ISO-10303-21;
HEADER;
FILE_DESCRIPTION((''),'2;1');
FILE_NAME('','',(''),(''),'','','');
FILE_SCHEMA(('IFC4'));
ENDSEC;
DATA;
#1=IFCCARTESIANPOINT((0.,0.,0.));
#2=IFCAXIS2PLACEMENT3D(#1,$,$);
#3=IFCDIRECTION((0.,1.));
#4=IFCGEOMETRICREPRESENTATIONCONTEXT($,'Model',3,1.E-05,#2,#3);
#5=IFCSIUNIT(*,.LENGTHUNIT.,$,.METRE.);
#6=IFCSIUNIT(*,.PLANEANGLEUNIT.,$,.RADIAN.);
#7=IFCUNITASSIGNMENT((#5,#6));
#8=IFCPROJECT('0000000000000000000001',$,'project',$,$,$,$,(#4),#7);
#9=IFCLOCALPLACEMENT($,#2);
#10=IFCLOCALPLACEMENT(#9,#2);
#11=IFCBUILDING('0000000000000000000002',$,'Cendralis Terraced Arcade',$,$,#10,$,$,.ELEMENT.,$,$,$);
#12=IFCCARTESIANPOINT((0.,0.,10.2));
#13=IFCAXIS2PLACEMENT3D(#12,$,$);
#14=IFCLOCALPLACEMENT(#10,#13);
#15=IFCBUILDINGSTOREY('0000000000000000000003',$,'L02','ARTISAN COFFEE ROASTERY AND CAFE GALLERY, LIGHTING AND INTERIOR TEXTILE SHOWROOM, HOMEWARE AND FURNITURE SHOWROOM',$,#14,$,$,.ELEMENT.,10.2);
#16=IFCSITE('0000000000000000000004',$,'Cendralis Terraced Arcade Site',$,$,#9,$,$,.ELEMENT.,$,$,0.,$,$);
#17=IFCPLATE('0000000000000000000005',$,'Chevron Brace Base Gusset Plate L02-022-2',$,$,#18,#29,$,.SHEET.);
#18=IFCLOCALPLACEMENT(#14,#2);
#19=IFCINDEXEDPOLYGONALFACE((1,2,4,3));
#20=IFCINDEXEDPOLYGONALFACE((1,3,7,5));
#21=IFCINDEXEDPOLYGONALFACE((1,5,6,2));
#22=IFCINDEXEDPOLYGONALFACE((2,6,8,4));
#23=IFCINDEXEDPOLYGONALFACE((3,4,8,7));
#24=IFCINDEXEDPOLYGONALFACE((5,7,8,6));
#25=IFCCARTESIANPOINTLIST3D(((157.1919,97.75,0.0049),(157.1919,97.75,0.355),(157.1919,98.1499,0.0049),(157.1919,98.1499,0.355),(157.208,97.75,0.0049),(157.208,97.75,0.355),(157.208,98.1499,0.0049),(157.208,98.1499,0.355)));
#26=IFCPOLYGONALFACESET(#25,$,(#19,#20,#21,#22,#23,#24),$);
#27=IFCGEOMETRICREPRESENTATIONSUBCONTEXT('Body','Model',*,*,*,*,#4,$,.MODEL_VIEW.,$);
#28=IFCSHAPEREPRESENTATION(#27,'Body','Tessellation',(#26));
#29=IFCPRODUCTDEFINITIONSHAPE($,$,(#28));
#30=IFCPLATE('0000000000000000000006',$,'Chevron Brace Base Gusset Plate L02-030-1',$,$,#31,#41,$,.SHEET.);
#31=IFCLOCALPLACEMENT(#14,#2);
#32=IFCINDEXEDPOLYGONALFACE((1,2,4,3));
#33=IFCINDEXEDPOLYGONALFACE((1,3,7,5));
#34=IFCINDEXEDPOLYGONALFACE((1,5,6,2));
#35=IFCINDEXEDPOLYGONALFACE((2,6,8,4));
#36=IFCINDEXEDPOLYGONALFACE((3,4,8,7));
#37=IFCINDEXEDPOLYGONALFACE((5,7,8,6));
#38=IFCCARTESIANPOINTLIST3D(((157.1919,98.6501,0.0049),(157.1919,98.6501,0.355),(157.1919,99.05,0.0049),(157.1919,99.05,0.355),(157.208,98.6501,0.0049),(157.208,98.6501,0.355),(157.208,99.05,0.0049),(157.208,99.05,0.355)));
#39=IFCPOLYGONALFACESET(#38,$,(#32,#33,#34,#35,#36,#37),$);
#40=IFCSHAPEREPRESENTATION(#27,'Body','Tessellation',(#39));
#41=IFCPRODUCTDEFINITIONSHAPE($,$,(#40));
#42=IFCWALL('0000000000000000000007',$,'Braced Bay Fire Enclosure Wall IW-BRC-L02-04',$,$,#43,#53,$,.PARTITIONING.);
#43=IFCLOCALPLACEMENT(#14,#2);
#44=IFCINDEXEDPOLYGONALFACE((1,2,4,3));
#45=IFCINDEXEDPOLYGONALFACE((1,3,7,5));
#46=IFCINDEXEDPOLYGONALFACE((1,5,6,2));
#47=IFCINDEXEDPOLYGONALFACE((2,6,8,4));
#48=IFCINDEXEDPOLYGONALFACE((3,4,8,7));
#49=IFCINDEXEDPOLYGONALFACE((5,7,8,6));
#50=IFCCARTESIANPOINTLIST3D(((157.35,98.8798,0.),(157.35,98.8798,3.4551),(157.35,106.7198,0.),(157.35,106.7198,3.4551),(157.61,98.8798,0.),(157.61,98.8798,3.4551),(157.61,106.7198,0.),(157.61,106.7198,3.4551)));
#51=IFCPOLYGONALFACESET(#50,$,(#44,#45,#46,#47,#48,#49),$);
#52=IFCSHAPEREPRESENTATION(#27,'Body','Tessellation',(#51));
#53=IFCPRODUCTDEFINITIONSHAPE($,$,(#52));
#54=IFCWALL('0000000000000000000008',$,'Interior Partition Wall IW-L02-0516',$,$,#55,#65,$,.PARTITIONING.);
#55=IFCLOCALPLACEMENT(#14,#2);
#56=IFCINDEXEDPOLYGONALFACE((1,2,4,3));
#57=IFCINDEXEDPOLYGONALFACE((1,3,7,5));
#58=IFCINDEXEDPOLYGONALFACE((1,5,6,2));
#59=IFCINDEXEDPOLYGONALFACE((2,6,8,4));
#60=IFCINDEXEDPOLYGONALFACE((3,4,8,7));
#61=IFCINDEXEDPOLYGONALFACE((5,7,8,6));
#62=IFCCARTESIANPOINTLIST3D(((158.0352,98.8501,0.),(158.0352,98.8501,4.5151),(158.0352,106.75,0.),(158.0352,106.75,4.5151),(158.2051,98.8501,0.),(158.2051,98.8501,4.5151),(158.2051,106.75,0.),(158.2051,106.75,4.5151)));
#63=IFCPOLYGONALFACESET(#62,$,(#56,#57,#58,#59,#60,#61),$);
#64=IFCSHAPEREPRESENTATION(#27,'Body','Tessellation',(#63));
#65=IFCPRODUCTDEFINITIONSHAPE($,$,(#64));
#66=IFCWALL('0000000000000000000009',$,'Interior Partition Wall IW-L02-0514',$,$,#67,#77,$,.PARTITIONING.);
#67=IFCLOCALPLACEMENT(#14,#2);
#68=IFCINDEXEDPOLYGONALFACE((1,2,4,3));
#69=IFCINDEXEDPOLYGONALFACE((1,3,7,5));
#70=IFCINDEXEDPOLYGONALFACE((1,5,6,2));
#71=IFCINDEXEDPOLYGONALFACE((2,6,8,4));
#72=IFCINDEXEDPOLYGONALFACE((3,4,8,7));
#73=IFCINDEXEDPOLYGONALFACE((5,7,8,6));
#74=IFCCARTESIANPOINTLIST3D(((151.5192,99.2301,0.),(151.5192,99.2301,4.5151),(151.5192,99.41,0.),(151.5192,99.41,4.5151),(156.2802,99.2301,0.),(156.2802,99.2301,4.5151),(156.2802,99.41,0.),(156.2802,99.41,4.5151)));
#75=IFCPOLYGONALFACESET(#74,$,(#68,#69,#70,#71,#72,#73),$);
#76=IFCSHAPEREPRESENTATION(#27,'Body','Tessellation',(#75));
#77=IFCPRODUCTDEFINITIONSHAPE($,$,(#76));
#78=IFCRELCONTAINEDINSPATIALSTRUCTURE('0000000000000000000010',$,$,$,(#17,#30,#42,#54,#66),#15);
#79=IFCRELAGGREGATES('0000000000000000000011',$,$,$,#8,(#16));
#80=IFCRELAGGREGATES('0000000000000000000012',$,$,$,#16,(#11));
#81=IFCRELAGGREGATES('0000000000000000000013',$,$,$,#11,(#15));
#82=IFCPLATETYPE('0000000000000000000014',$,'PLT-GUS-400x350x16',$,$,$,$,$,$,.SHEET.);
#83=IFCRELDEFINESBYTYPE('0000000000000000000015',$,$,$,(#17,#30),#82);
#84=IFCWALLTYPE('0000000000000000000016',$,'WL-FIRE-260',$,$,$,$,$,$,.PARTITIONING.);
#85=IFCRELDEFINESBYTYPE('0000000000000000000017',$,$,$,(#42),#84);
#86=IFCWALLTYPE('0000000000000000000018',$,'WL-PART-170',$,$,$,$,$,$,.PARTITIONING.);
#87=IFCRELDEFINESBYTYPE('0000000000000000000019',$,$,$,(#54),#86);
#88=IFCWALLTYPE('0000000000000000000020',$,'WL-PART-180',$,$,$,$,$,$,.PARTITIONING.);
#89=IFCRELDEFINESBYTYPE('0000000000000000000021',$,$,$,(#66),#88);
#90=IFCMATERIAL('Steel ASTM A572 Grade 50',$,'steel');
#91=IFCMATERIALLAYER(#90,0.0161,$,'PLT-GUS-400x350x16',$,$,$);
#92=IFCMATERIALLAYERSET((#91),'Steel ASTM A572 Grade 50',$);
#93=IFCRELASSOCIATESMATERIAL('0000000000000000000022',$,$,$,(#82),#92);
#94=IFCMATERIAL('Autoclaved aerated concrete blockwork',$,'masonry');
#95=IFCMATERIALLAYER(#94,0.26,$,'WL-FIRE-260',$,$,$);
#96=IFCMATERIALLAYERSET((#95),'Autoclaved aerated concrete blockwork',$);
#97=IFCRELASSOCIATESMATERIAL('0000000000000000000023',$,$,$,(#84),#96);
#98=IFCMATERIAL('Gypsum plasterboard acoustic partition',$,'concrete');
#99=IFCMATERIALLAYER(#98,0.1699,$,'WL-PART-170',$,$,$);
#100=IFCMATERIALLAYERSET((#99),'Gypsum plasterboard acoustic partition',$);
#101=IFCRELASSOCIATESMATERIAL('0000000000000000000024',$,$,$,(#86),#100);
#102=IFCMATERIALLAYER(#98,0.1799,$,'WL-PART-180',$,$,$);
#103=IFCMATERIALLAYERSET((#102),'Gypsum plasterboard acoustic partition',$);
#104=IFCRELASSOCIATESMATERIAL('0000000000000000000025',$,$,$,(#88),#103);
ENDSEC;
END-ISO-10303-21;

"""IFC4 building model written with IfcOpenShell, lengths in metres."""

from ifc_helpers import new_model, si_unit, direction, frame, frame_2d, origin, origin_2d, place, context, subcontext, project, spatial, rectangle, extrude, material, layer, layer_set, type_object, element, save


model = new_model("IFC4")

# Units and contexts
model_context = context("Model", 3, precision=1e-05, world=origin(), true_north=direction((0.0, 1.0)))
body_context = subcontext(model_context, "Body", "Model", "MODEL_VIEW")
ifc_project = project(units=[si_unit("LENGTHUNIT", "METRE"), si_unit("PLANEANGLEUNIT", "RADIAN")], contexts=[model_context])

# Site, building, storey
site_placement = place(None, origin())
site = spatial("IfcSite", under=ifc_project, at=site_placement, Name="Cendralis Terraced Arcade Site", CompositionType="ELEMENT", RefElevation=0.0)
building_placement = place(site_placement, origin())
building = spatial("IfcBuilding", under=site, at=building_placement, Name="Cendralis Terraced Arcade", CompositionType="ELEMENT")
storey_placement = place(building_placement, frame((0.0, 0.0, 10.2)))
storey = spatial("IfcBuildingStorey", under=building, at=storey_placement, Name="L02", Description="ARTISAN COFFEE ROASTERY AND CAFE GALLERY, LIGHTING AND INTERIOR TEXTILE SHOWROOM, HOMEWARE AND FURNITURE SHOWROOM", CompositionType="ELEMENT", Elevation=10.2)

# Shared definitions
ifc_material_1 = material(Name="Steel ASTM A572 Grade 50", Category="steel")

# Plates
ifc_layer_1 = layer(ifc_material_1, 0.0161, Name="PLT-GUS-400x350x16")
ifc_layer_set_1 = layer_set([ifc_layer_1], Name="Steel ASTM A572 Grade 50")
plate_type_1 = type_object("IfcPlateType", Name="PLT-GUS-400x350x16", PredefinedType="SHEET", material=ifc_layer_set_1)
for number, where, z_axis, x_axis, name in (
    (1, (157.2, 97.95, 0.0049), (0.0, 0.0, 1.0), (0.0, 1.0, 0.0), "Chevron Brace Base Gusset Plate L02-022-2"),
    (2, (157.2, 98.8501, 0.0049), (0.0, 0.0, 1.0), (0.0, 1.0, 0.0), "Chevron Brace Base Gusset Plate L02-030-1"),
):
    element("IfcPlate", number, at=place(storey_placement, frame(where, z_axis=z_axis, x_axis=x_axis)), inside=storey, type_object=plate_type_1, Name=name, PredefinedType="SHEET", context=body_context, shape_type="SweptSolid", body=[
        extrude(rectangle(XDim=0.3999, YDim=0.0161, at=origin_2d()), origin(), (0.0, 0.0, 1.0), 0.3501),
    ])

# Walls
ifc_material_2 = material(Name="Autoclaved aerated concrete blockwork", Category="masonry")
ifc_layer_2 = layer(ifc_material_2, 0.26, Name="WL-FIRE-260")
ifc_layer_set_2 = layer_set([ifc_layer_2], Name="Autoclaved aerated concrete blockwork")
wall_type_1 = type_object("IfcWallType", Name="WL-FIRE-260", PredefinedType="PARTITIONING", material=ifc_layer_set_2)
wall_1_placement = place(storey_placement, frame((157.48, 98.8799, 0.0), z_axis=(0.0, 0.0, 1.0), x_axis=(0.0, 1.0, 0.0)))
element("IfcWall", 3, at=wall_1_placement, inside=storey, type_object=wall_type_1, Name="Braced Bay Fire Enclosure Wall IW-BRC-L02-04", PredefinedType="PARTITIONING", context=body_context, shape_type="SweptSolid", body=[
    extrude(rectangle(XDim=7.8401, YDim=0.26, at=frame_2d((3.9199, 0.0))), origin(), (0.0, 0.0, 1.0), 3.4551),
])
ifc_material_3 = material(Name="Gypsum plasterboard acoustic partition", Category="concrete")
ifc_layer_3 = layer(ifc_material_3, 0.1699, Name="WL-PART-170")
ifc_layer_set_3 = layer_set([ifc_layer_3], Name="Gypsum plasterboard acoustic partition")
wall_type_2 = type_object("IfcWallType", Name="WL-PART-170", PredefinedType="PARTITIONING", material=ifc_layer_set_3)
wall_2_placement = place(storey_placement, frame((158.1201, 98.8501, 0.0), z_axis=(0.0, 0.0, 1.0), x_axis=(0.0, 1.0, 0.0)))
element("IfcWall", 4, at=wall_2_placement, inside=storey, type_object=wall_type_2, Name="Interior Partition Wall IW-L02-0516", PredefinedType="PARTITIONING", context=body_context, shape_type="SweptSolid", body=[
    extrude(rectangle(XDim=7.8999, YDim=0.1699, at=frame_2d((3.95, 0.0))), origin(), (0.0, 0.0, 1.0), 4.5151),
])
ifc_layer_4 = layer(ifc_material_3, 0.1799, Name="WL-PART-180")
ifc_layer_set_4 = layer_set([ifc_layer_4], Name="Gypsum plasterboard acoustic partition")
wall_type_3 = type_object("IfcWallType", Name="WL-PART-180", PredefinedType="PARTITIONING", material=ifc_layer_set_4)
wall_3_placement = place(storey_placement, frame((156.28, 99.3201, 0.0), z_axis=(0.0, 0.0, 1.0), x_axis=(-1.0, 0.0, 0.0)))
element("IfcWall", 5, at=wall_3_placement, inside=storey, type_object=wall_type_3, Name="Interior Partition Wall IW-L02-0514", PredefinedType="PARTITIONING", context=body_context, shape_type="SweptSolid", body=[
    extrude(rectangle(XDim=4.761, YDim=0.1799, at=frame_2d((2.3804, 0.0))), origin(), (0.0, 0.0, 1.0), 4.5151),
])

save(model, "model.ifc")
